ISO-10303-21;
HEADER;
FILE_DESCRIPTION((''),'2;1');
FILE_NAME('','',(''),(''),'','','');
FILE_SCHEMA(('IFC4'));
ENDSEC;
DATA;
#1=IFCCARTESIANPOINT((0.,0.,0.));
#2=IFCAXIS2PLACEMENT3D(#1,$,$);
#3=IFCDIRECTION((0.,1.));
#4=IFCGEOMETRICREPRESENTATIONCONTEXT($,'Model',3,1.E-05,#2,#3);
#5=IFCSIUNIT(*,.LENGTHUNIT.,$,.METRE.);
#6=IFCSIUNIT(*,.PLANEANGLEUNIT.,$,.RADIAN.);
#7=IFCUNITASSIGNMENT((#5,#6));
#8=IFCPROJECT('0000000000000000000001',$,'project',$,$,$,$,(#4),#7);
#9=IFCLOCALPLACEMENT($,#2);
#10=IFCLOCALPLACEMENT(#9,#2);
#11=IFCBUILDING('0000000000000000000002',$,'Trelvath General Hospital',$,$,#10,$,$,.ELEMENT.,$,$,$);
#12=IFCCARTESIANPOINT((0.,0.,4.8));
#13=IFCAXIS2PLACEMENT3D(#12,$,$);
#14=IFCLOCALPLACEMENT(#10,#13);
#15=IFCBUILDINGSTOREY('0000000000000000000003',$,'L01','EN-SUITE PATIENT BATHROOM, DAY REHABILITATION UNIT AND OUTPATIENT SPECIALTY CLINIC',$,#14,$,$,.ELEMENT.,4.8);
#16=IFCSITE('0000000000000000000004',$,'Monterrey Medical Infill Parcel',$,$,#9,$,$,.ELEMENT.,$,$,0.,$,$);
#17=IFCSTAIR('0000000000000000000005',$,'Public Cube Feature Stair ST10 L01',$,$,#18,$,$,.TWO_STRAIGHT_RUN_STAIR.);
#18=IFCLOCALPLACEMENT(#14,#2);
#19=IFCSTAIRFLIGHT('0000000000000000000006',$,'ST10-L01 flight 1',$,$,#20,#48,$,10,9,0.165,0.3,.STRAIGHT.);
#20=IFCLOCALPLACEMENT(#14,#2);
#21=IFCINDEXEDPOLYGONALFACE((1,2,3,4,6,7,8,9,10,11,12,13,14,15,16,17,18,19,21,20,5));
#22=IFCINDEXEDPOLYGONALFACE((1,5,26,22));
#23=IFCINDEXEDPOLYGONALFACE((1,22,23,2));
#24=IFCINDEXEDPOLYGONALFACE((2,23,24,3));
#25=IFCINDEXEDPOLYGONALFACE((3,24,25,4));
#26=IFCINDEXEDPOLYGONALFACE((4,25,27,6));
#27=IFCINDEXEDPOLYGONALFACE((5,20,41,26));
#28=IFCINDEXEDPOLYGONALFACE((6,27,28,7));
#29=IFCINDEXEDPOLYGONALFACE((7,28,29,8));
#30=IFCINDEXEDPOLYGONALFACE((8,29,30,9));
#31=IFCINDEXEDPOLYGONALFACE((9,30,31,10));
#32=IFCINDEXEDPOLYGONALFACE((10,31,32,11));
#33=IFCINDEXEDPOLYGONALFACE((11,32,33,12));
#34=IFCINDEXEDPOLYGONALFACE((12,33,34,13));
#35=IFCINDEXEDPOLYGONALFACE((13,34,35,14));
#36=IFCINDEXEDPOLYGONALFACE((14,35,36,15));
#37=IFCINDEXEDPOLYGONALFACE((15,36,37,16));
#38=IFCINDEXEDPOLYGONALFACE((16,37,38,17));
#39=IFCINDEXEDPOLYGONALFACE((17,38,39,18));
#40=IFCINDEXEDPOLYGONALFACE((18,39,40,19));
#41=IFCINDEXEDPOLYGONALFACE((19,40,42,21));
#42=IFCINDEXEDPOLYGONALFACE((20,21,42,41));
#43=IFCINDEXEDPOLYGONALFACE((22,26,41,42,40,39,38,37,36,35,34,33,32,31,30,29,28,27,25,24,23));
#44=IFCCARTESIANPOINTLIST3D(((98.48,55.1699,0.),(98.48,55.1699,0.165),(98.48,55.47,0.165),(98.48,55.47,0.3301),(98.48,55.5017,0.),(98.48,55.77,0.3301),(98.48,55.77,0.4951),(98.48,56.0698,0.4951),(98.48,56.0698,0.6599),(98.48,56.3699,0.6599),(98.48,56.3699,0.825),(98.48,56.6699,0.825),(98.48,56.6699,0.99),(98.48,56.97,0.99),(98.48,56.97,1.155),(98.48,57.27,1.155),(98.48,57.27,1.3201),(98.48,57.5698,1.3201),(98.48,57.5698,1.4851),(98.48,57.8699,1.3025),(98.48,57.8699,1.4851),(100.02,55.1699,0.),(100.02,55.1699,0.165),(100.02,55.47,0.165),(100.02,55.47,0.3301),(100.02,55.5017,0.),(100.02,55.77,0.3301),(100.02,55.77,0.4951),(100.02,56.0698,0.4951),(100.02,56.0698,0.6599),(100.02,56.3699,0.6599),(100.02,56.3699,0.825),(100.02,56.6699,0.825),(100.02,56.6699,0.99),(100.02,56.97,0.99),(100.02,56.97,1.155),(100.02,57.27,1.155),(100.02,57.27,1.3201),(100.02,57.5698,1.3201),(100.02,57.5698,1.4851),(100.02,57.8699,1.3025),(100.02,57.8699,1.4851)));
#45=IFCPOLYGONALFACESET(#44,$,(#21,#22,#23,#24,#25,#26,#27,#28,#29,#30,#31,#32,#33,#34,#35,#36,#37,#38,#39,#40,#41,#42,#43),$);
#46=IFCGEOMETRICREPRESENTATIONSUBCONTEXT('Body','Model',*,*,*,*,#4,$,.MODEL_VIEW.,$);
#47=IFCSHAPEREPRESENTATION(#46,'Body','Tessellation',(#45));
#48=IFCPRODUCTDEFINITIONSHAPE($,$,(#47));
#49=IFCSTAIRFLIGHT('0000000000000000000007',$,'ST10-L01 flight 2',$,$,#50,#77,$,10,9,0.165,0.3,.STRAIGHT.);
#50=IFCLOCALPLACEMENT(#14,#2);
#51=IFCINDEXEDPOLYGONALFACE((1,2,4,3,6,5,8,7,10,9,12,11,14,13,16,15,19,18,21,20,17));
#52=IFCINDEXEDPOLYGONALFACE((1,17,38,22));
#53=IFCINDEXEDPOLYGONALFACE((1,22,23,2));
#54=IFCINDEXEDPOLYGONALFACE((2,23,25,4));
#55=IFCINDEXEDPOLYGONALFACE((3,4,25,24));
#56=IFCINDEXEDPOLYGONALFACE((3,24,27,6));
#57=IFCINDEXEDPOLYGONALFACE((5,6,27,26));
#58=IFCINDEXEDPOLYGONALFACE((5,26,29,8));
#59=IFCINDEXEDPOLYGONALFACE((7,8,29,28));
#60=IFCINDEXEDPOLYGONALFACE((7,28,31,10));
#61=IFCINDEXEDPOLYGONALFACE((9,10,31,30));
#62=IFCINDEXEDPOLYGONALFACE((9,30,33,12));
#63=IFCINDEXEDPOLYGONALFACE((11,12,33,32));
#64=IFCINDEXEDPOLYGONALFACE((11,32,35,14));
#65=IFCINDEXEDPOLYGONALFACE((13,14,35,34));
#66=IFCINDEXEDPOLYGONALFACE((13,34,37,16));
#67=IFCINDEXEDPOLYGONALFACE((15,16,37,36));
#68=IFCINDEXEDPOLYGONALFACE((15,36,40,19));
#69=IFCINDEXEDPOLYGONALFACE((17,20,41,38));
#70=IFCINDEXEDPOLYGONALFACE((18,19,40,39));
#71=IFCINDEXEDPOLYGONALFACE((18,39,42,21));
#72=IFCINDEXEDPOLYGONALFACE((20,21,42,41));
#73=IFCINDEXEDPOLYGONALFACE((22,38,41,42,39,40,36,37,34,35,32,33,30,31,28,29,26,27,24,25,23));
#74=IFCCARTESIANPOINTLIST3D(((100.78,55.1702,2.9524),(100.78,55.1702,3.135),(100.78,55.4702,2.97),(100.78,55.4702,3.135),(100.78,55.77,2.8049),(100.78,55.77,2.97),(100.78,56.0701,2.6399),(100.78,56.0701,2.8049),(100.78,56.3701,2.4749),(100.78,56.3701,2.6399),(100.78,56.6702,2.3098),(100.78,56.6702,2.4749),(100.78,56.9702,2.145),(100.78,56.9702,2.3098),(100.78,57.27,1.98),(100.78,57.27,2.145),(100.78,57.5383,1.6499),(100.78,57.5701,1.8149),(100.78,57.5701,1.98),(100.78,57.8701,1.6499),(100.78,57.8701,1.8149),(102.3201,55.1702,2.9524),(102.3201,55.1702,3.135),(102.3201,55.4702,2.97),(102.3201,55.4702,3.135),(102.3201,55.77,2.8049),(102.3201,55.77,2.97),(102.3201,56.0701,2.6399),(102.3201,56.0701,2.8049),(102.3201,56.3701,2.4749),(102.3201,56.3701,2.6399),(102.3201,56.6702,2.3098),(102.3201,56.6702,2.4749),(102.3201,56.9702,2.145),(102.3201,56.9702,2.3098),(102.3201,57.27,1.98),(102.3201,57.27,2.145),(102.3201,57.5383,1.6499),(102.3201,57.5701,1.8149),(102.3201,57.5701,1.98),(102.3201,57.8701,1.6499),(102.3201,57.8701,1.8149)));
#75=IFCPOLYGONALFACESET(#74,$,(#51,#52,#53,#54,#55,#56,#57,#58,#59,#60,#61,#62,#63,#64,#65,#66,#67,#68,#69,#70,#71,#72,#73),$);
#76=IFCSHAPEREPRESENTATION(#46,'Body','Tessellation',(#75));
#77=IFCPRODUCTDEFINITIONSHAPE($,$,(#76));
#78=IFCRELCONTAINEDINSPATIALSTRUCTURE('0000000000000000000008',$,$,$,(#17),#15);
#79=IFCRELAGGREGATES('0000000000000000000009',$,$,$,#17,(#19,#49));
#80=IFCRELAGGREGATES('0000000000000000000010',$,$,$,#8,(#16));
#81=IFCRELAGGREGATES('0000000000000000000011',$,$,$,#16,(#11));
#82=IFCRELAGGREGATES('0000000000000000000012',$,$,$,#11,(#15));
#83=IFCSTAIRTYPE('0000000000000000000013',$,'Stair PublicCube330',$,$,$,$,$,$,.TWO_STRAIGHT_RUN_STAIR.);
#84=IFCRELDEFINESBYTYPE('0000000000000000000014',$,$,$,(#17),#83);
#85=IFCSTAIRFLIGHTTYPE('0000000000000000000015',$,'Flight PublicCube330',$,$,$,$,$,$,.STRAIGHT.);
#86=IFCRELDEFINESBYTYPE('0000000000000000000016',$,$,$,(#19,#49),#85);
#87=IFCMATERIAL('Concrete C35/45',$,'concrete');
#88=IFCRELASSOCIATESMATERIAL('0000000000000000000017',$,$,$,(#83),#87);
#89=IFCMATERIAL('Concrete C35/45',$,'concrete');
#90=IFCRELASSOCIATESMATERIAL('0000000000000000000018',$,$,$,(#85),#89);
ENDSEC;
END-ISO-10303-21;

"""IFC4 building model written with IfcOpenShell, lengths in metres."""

from ifc_helpers import new_model, si_unit, direction, frame, origin, place, context, subcontext, project, spatial, polyline, outline, extrude, material, type_object, element, aggregate, save


model = new_model("IFC4")

# Units and contexts
model_context = context("Model", 3, precision=1e-05, world=origin(), true_north=direction((0.0, 1.0)))
body_context = subcontext(model_context, "Body", "Model", "MODEL_VIEW")
ifc_project = project(units=[si_unit("LENGTHUNIT", "METRE"), si_unit("PLANEANGLEUNIT", "RADIAN")], contexts=[model_context])

# Site, building, storey
site_placement = place(None, origin())
site = spatial("IfcSite", under=ifc_project, at=site_placement, Name="Monterrey Medical Infill Parcel", CompositionType="ELEMENT", RefElevation=0.0)
building_placement = place(site_placement, origin())
building = spatial("IfcBuilding", under=site, at=building_placement, Name="Trelvath General Hospital", CompositionType="ELEMENT")
storey_placement = place(building_placement, frame((0.0, 0.0, 4.8)))
storey = spatial("IfcBuildingStorey", under=building, at=storey_placement, Name="L01", Description="EN-SUITE PATIENT BATHROOM, DAY REHABILITATION UNIT AND OUTPATIENT SPECIALTY CLINIC", CompositionType="ELEMENT", Elevation=4.8)

# Stair, stair flights
ifc_material_1 = material(Name="Concrete C35/45", Category="concrete")
stair_type = type_object("IfcStairType", Name="Stair PublicCube330", PredefinedType="TWO_STRAIGHT_RUN_STAIR", material=ifc_material_1)
stair_placement = place(storey_placement, origin())
stair = element("IfcStair", 1, at=stair_placement, inside=storey, type_object=stair_type, Name="Public Cube Feature Stair ST10 L01", PredefinedType="TWO_STRAIGHT_RUN_STAIR")
ifc_material_2 = material(Name="Concrete C35/45", Category="concrete")
stair_flight_type = type_object("IfcStairFlightType", Name="Flight PublicCube330", PredefinedType="STRAIGHT", material=ifc_material_2)
stair_flight_1_placement = place(storey_placement, frame((99.25, 55.1699, 0.0), z_axis=(0.0, 0.0, 1.0), x_axis=(0.0, 1.0, 0.0)))
stair_flight_1 = element("IfcStairFlight", 2, at=stair_flight_1_placement, type_object=stair_flight_type, Name="ST10-L01 flight 1", NumberOfRisers=10, NumberOfTreads=9, PredefinedType="STRAIGHT", RiserHeight=0.165, TreadLength=0.3, context=body_context, shape_type="SweptSolid", body=[
    extrude(outline(polyline([(0.0, 0.0), (0.0, 0.165), (0.3, 0.165), (0.3, 0.3301), (0.6001, 0.3301), (0.6001, 0.4951), (0.8999, 0.4951), (0.8999, 0.6599), (1.2, 0.6599), (1.2, 0.825), (1.5, 0.825), (1.5, 0.99), (1.8, 0.99), (1.8, 1.155), (2.1001, 1.155), (2.1001, 1.3201), (2.3999, 1.3201), (2.3999, 1.4851), (2.7, 1.4851), (2.7, 1.6499), (2.7, 1.3025), (0.3318, 0.0), (0.0, 0.0)])), frame((0.0, 0.77, 0.0), z_axis=(0.0, -1.0, 0.0), x_axis=(1.0, 0.0, 0.0)), (0.0, 0.0, 1.0), 1.54),
])
stair_flight_2_placement = place(storey_placement, frame((101.55, 57.8701, 1.6499), z_axis=(0.0, 0.0, 1.0), x_axis=(0.0, -1.0, 0.0)))
stair_flight_2 = element("IfcStairFlight", 3, at=stair_flight_2_placement, type_object=stair_flight_type, Name="ST10-L01 flight 2", NumberOfRisers=10, NumberOfTreads=9, PredefinedType="STRAIGHT", RiserHeight=0.165, TreadLength=0.3, context=body_context, shape_type="SweptSolid", body=[
    extrude(outline(polyline([(0.0, 0.0), (0.0, 0.165), (0.3, 0.165), (0.3, 0.3301), (0.6001, 0.3301), (0.6001, 0.4951), (0.8999, 0.4951), (0.8999, 0.6599), (1.2, 0.6599), (1.2, 0.825), (1.5, 0.825), (1.5, 0.99), (1.8, 0.99), (1.8, 1.155), (2.1001, 1.155), (2.1001, 1.3201), (2.3999, 1.3201), (2.3999, 1.4851), (2.7, 1.4851), (2.7, 1.6499), (2.7, 1.3025), (0.3318, 0.0), (0.0, 0.0)])), frame((0.0, 0.77, 0.0), z_axis=(0.0, -1.0, 0.0), x_axis=(1.0, 0.0, 0.0)), (0.0, 0.0, 1.0), 1.54),
])
aggregate(stair, [stair_flight_1, stair_flight_2])

save(model, "model.ifc")
